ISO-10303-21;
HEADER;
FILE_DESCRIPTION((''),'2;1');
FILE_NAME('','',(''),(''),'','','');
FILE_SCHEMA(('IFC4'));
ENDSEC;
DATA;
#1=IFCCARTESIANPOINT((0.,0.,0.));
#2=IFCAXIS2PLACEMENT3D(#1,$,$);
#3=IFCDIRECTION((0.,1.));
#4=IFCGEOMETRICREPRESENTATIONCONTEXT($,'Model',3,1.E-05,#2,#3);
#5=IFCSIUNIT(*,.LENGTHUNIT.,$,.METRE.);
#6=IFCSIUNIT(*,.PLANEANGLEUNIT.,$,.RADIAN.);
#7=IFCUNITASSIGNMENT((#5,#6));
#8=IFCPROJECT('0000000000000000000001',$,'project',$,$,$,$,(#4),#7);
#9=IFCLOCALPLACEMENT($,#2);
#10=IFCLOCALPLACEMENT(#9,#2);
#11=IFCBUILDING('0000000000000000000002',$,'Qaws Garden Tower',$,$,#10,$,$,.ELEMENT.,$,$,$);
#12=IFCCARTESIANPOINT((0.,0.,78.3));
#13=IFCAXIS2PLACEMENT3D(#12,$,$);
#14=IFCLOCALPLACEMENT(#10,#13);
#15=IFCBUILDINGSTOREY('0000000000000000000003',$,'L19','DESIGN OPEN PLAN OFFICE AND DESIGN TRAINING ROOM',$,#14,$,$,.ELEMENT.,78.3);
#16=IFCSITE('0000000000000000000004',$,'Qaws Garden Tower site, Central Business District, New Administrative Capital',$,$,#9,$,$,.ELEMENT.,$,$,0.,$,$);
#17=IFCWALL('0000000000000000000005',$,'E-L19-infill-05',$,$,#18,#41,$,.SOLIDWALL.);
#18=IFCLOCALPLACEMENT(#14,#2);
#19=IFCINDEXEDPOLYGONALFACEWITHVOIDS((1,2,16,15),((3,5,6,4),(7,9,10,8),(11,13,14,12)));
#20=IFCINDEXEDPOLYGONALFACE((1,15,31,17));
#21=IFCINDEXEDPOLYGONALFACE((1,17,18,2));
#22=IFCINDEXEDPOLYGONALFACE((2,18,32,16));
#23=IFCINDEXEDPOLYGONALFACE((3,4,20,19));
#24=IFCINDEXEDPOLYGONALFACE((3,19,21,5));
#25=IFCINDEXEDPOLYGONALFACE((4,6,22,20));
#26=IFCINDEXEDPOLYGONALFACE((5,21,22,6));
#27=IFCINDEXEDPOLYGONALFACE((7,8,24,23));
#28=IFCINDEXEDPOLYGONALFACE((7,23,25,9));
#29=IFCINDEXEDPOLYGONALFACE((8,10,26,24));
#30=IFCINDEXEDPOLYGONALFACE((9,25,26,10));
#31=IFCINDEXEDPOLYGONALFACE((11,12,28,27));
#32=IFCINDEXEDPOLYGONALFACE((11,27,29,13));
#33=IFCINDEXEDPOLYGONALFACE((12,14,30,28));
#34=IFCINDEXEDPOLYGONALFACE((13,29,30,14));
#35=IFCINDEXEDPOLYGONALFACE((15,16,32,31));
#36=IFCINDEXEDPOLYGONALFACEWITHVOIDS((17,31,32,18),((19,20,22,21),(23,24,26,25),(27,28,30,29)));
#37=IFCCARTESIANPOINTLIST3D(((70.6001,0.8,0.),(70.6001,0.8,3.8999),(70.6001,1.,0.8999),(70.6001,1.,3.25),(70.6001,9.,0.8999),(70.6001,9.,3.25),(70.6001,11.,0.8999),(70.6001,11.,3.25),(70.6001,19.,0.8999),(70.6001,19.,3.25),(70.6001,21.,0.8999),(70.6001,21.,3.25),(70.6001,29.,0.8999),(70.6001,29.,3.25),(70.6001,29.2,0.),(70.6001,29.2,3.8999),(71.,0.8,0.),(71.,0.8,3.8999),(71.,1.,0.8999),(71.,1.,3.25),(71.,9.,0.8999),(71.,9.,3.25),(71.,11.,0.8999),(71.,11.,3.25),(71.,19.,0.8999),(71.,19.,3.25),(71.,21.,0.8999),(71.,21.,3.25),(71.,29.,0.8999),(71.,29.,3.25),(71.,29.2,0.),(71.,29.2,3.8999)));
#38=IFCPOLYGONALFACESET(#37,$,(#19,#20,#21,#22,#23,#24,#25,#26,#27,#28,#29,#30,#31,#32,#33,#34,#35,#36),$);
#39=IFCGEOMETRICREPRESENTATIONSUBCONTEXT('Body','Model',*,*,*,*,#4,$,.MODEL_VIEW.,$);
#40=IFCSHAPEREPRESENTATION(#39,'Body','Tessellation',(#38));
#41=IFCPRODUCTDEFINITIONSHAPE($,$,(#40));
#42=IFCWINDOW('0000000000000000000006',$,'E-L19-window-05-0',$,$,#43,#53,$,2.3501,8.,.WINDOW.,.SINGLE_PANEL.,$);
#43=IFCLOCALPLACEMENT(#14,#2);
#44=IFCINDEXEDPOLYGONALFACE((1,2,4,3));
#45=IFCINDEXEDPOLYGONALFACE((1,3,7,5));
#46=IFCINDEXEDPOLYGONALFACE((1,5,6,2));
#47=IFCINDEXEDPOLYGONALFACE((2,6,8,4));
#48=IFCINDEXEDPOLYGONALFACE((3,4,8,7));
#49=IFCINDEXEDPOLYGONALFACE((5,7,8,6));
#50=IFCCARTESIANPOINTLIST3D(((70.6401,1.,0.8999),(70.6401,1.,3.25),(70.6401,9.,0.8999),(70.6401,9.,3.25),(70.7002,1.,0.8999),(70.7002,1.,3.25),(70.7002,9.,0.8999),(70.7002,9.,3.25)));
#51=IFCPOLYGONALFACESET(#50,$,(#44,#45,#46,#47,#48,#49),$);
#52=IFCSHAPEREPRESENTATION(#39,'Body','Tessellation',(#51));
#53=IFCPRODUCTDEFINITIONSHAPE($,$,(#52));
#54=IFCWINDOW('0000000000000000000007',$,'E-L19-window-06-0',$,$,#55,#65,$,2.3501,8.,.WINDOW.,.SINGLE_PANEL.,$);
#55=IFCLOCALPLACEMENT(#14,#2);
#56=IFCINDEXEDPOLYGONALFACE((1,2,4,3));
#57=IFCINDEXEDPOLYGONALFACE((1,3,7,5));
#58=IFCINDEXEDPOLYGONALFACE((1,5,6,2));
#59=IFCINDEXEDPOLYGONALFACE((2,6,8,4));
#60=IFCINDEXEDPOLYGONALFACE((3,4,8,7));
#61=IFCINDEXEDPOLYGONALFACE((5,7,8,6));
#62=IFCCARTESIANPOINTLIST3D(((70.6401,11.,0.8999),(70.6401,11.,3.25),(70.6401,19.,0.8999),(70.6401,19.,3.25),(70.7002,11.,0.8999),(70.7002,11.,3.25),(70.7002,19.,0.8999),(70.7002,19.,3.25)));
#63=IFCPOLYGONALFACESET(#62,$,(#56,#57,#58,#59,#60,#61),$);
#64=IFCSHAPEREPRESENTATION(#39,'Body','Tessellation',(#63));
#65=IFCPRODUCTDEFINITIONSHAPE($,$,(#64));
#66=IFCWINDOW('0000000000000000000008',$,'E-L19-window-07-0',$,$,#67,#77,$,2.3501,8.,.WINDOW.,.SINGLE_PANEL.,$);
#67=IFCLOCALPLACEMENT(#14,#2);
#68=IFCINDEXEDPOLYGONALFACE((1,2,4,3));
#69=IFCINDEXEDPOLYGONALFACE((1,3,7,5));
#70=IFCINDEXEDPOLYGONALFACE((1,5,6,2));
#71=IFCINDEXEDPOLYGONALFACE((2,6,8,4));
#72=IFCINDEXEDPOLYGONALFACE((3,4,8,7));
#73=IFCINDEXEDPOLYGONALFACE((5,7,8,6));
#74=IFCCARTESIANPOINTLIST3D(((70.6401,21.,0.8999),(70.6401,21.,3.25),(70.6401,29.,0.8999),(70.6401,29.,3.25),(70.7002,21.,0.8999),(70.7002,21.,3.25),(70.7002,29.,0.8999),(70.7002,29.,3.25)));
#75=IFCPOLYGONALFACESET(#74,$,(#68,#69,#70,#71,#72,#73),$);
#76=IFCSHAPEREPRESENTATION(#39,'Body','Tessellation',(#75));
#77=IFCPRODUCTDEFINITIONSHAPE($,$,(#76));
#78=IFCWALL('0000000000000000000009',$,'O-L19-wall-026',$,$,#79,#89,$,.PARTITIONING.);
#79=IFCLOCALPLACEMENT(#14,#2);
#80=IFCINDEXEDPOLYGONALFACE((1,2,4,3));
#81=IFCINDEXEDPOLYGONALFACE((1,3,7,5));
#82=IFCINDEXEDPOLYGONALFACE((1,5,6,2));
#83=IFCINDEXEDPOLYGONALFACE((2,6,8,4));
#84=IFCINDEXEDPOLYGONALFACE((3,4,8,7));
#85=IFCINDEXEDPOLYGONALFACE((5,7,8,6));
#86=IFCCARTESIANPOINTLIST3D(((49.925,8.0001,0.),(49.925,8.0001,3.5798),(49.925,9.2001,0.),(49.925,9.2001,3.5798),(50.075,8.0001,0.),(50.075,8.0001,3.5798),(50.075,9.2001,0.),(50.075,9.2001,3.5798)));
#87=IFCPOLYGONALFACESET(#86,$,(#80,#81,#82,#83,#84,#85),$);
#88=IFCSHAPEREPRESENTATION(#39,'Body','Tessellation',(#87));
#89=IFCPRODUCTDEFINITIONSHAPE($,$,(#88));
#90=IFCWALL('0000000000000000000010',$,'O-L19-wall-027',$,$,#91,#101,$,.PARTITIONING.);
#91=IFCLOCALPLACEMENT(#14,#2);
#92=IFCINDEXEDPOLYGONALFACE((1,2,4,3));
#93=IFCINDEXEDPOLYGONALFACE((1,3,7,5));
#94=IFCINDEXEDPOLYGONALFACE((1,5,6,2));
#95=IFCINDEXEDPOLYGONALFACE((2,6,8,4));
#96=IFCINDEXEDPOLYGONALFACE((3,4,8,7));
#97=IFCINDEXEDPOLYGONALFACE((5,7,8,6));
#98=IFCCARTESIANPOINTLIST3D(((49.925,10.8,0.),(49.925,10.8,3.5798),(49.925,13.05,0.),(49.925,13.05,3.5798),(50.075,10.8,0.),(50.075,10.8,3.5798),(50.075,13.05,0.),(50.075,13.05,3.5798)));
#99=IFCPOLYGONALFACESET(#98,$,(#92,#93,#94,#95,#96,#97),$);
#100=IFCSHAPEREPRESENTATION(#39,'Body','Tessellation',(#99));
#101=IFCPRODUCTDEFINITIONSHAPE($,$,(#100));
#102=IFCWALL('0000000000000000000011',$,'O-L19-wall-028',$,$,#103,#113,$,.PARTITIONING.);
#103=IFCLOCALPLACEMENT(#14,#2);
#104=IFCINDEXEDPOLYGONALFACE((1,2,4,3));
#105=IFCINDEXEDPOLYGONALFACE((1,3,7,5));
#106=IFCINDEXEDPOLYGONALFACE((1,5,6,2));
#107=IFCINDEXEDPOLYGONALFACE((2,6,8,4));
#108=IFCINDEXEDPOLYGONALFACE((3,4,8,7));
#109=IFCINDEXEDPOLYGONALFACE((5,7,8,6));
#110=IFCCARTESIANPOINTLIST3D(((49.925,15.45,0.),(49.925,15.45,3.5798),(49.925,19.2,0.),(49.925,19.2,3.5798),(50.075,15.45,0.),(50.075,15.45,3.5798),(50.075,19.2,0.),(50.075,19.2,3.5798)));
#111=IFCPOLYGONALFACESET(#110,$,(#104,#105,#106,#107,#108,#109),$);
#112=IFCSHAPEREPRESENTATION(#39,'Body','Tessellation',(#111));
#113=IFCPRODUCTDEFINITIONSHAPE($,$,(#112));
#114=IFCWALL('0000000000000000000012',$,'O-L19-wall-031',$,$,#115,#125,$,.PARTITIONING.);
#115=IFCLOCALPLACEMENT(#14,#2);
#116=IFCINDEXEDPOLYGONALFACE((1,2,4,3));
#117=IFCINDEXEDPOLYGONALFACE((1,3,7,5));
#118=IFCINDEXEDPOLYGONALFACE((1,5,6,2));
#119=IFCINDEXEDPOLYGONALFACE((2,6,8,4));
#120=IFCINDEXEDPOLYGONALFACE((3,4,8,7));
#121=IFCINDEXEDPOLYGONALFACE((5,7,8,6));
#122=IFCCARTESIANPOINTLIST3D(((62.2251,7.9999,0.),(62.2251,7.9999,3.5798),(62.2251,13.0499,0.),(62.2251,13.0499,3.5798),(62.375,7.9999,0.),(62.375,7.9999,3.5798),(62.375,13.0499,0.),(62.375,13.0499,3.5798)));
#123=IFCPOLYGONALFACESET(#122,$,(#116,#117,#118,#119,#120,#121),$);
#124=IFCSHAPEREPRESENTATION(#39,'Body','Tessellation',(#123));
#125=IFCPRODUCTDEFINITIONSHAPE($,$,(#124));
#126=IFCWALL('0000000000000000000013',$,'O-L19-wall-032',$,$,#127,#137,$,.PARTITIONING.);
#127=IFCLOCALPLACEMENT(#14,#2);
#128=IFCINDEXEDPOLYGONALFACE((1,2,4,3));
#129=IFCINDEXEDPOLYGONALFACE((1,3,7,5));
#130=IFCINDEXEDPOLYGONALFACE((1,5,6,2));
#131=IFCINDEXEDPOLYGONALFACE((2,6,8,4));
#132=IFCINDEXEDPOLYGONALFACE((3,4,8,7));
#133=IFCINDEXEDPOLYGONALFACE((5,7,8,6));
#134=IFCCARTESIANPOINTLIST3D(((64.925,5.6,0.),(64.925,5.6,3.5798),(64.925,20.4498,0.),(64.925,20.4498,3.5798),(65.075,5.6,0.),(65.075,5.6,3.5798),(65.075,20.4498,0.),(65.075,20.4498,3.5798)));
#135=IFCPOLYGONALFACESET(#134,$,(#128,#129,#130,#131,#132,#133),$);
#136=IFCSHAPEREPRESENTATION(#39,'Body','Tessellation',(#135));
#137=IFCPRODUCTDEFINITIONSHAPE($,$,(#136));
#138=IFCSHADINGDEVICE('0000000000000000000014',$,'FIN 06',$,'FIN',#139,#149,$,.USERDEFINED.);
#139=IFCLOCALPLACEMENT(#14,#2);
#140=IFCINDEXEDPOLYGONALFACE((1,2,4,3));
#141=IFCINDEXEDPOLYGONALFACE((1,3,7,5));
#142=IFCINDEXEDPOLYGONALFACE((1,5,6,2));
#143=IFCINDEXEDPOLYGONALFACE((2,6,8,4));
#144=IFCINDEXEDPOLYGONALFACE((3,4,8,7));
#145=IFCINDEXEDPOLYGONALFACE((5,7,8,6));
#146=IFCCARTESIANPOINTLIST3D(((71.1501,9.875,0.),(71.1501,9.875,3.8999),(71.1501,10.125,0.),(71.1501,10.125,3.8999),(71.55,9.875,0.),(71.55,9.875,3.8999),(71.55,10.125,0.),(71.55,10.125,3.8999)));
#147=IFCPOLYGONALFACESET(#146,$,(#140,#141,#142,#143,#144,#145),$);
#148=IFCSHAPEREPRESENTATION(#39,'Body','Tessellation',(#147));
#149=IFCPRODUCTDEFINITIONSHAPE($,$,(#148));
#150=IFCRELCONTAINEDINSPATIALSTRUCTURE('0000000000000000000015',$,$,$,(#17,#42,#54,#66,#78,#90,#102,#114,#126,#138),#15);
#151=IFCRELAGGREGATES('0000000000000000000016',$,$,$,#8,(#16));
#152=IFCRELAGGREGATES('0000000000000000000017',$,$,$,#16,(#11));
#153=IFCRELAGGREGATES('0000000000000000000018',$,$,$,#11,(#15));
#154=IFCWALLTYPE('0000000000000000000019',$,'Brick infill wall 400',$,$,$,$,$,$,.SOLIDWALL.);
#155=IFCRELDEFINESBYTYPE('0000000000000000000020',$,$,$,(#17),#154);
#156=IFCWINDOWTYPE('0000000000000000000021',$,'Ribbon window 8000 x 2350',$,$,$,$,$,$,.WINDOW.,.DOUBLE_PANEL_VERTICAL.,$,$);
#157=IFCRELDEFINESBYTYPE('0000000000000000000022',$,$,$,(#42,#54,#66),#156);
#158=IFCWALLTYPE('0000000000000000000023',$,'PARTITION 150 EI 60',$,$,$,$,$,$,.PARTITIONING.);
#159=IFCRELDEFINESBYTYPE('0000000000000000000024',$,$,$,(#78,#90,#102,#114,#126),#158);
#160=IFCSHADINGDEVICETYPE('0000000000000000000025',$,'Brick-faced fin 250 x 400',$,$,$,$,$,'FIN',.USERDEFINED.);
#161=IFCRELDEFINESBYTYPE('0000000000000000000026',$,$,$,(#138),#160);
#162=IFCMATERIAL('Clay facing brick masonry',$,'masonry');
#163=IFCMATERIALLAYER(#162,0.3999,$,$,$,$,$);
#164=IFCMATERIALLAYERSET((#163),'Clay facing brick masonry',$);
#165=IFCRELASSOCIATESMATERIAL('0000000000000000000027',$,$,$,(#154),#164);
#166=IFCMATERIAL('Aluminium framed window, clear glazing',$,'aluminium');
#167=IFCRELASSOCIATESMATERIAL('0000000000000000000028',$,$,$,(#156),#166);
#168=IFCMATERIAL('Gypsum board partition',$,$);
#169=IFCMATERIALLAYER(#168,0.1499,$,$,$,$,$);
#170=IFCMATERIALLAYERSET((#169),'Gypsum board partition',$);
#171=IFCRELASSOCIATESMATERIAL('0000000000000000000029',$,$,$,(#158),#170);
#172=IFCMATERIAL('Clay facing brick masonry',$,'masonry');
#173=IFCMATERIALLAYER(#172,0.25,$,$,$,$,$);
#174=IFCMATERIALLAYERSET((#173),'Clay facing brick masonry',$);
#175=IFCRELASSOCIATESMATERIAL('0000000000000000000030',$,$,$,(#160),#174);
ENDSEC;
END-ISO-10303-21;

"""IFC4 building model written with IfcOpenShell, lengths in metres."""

from ifc_helpers import new_model, si_unit, direction, frame, frame_2d, origin, origin_2d, place, context, subcontext, project, spatial, rectangle, extrude, material, layer, layer_set, type_object, element, fill, save


model = new_model("IFC4")

# Units and contexts
model_context = context("Model", 3, precision=1e-05, world=origin(), true_north=direction((0.0, 1.0)))
body_context = subcontext(model_context, "Body", "Model", "MODEL_VIEW")
ifc_project = project(units=[si_unit("LENGTHUNIT", "METRE"), si_unit("PLANEANGLEUNIT", "RADIAN")], contexts=[model_context])

# Site, building, storey
site_placement = place(None, origin())
site = spatial("IfcSite", under=ifc_project, at=site_placement, Name="Qaws Garden Tower site, Central Business District, New Administrative Capital", CompositionType="ELEMENT", RefElevation=0.0)
building_placement = place(site_placement, origin())
building = spatial("IfcBuilding", under=site, at=building_placement, Name="Qaws Garden Tower", CompositionType="ELEMENT")
storey_placement = place(building_placement, frame((0.0, 0.0, 78.3)))
storey = spatial("IfcBuildingStorey", under=building, at=storey_placement, Name="L19", Description="DESIGN OPEN PLAN OFFICE AND DESIGN TRAINING ROOM", CompositionType="ELEMENT", Elevation=78.3)

# Wall, openings, windows
ifc_material_1 = material(Name="Clay facing brick masonry", Category="masonry")
ifc_layer_1 = layer(ifc_material_1, 0.3999)
ifc_layer_set_1 = layer_set([ifc_layer_1], Name="Clay facing brick masonry")
wall_type_1 = type_object("IfcWallType", Name="Brick infill wall 400", PredefinedType="SOLIDWALL", material=ifc_layer_set_1)
wall_1_placement = place(storey_placement, frame((70.8, 0.8, 0.0), z_axis=(0.0, 0.0, 1.0), x_axis=(0.0, 1.0, 0.0)))
wall_1 = element("IfcWall", 1, at=wall_1_placement, inside=storey, type_object=wall_type_1, Name="E-L19-infill-05", PredefinedType="SOLIDWALL", context=body_context, shape_type="SweptSolid", body=[
    extrude(rectangle(XDim=28.3999, YDim=0.3999, at=frame_2d((14.2, 0.0))), origin(), (0.0, 0.0, 1.0), 3.8999),
])
opening_1_placement = place(wall_1_placement, frame((0.2, 0.0, 0.8999)))
opening_1 = element("IfcOpeningElement", 2, at=opening_1_placement, cuts=wall_1, PredefinedType="OPENING", context=body_context, shape_type="SweptSolid", body=[
    extrude(rectangle(XDim=8.0, YDim=2.3501, at=frame_2d((4.0, 1.175))), frame((0.0, 0.21, 0.0), z_axis=(0.0, -1.0, 0.0), x_axis=(1.0, 0.0, 0.0)), (0.0, 0.0, 1.0), 0.4199),
])
opening_2_placement = place(wall_1_placement, frame((10.2, 0.0, 0.8999)))
opening_2 = element("IfcOpeningElement", 3, at=opening_2_placement, cuts=wall_1, PredefinedType="OPENING", context=body_context, shape_type="SweptSolid", body=[
    extrude(rectangle(XDim=8.0, YDim=2.3501, at=frame_2d((4.0, 1.175))), frame((0.0, 0.21, 0.0), z_axis=(0.0, -1.0, 0.0), x_axis=(1.0, 0.0, 0.0)), (0.0, 0.0, 1.0), 0.4199),
])
opening_3_placement = place(wall_1_placement, frame((20.2, 0.0, 0.8999)))
opening_3 = element("IfcOpeningElement", 4, at=opening_3_placement, cuts=wall_1, PredefinedType="OPENING", context=body_context, shape_type="SweptSolid", body=[
    extrude(rectangle(XDim=8.0, YDim=2.3501, at=frame_2d((4.0, 1.175))), frame((0.0, 0.21, 0.0), z_axis=(0.0, -1.0, 0.0), x_axis=(1.0, 0.0, 0.0)), (0.0, 0.0, 1.0), 0.4199),
])
ifc_material_2 = material(Name="Aluminium framed window, clear glazing", Category="aluminium")
window_type = type_object("IfcWindowType", Name="Ribbon window 8000 x 2350", PartitioningType="DOUBLE_PANEL_VERTICAL", PredefinedType="WINDOW", material=ifc_material_2)
window_1_placement = place(opening_1_placement, origin())
window_1 = element("IfcWindow", 5, at=window_1_placement, inside=storey, type_object=window_type, Name="E-L19-window-05-0", OverallHeight=2.3501, OverallWidth=8.0, PartitioningType="SINGLE_PANEL", PredefinedType="WINDOW", context=body_context, shape_type="SweptSolid", body=[
    extrude(rectangle(XDim=8.0, YDim=2.3501, at=frame_2d((4.0, 1.175))), frame((0.0, 0.1599, 0.0), z_axis=(0.0, -1.0, 0.0), x_axis=(1.0, 0.0, 0.0)), (0.0, 0.0, 1.0), 0.0601),
])
fill(opening_1, window_1)
window_2_placement = place(opening_2_placement, origin())
window_2 = element("IfcWindow", 6, at=window_2_placement, inside=storey, type_object=window_type, Name="E-L19-window-06-0", OverallHeight=2.3501, OverallWidth=8.0, PartitioningType="SINGLE_PANEL", PredefinedType="WINDOW", context=body_context, shape_type="SweptSolid", body=[
    extrude(rectangle(XDim=8.0, YDim=2.3501, at=frame_2d((4.0, 1.175))), frame((0.0, 0.1599, 0.0), z_axis=(0.0, -1.0, 0.0), x_axis=(1.0, 0.0, 0.0)), (0.0, 0.0, 1.0), 0.0601),
])
fill(opening_2, window_2)
window_3_placement = place(opening_3_placement, origin())
window_3 = element("IfcWindow", 7, at=window_3_placement, inside=storey, type_object=window_type, Name="E-L19-window-07-0", OverallHeight=2.3501, OverallWidth=8.0, PartitioningType="SINGLE_PANEL", PredefinedType="WINDOW", context=body_context, shape_type="SweptSolid", body=[
    extrude(rectangle(XDim=8.0, YDim=2.3501, at=frame_2d((4.0, 1.175))), frame((0.0, 0.1599, 0.0), z_axis=(0.0, -1.0, 0.0), x_axis=(1.0, 0.0, 0.0)), (0.0, 0.0, 1.0), 0.0601),
])
fill(opening_3, window_3)

# Walls
ifc_material_3 = material(Name="Gypsum board partition")
ifc_layer_2 = layer(ifc_material_3, 0.1499)
ifc_layer_set_2 = layer_set([ifc_layer_2], Name="Gypsum board partition")
wall_type_2 = type_object("IfcWallType", Name="PARTITION 150 EI 60", PredefinedType="PARTITIONING", material=ifc_layer_set_2)
wall_2_placement = place(storey_placement, frame((50.0, 8.0, 0.0), z_axis=(0.0, 0.0, 1.0), x_axis=(0.0, 1.0, 0.0)))
element("IfcWall", 8, at=wall_2_placement, inside=storey, type_object=wall_type_2, Name="O-L19-wall-026", PredefinedType="PARTITIONING", context=body_context, shape_type="SweptSolid", body=[
    extrude(rectangle(XDim=1.2, YDim=0.1499, at=frame_2d((0.6001, 0.0))), origin(), (0.0, 0.0, 1.0), 3.5798),
])
wall_3_placement = place(storey_placement, frame((50.0, 10.8, 0.0), z_axis=(0.0, 0.0, 1.0), x_axis=(0.0, 1.0, 0.0)))
element("IfcWall", 9, at=wall_3_placement, inside=storey, type_object=wall_type_2, Name="O-L19-wall-027", PredefinedType="PARTITIONING", context=body_context, shape_type="SweptSolid", body=[
    extrude(rectangle(XDim=2.25, YDim=0.1499, at=frame_2d((1.125, 0.0))), origin(), (0.0, 0.0, 1.0), 3.5798),
])
wall_4_placement = place(storey_placement, frame((50.0, 15.45, 0.0), z_axis=(0.0, 0.0, 1.0), x_axis=(0.0, 1.0, 0.0)))
element("IfcWall", 10, at=wall_4_placement, inside=storey, type_object=wall_type_2, Name="O-L19-wall-028", PredefinedType="PARTITIONING", context=body_context, shape_type="SweptSolid", body=[
    extrude(rectangle(XDim=3.75, YDim=0.1499, at=frame_2d((1.875, 0.0))), origin(), (0.0, 0.0, 1.0), 3.5798),
])
wall_5_placement = place(storey_placement, frame((62.3, 8.0, 0.0), z_axis=(0.0, 0.0, 1.0), x_axis=(0.0, 1.0, 0.0)))
element("IfcWall", 11, at=wall_5_placement, inside=storey, type_object=wall_type_2, Name="O-L19-wall-031", PredefinedType="PARTITIONING", context=body_context, shape_type="SweptSolid", body=[
    extrude(rectangle(XDim=5.05, YDim=0.1499, at=frame_2d((2.5249, 0.0))), origin(), (0.0, 0.0, 1.0), 3.5798),
])
wall_6_placement = place(storey_placement, frame((65.0, 5.6001, 0.0), z_axis=(0.0, 0.0, 1.0), x_axis=(0.0, 1.0, 0.0)))
element("IfcWall", 12, at=wall_6_placement, inside=storey, type_object=wall_type_2, Name="O-L19-wall-032", PredefinedType="PARTITIONING", context=body_context, shape_type="SweptSolid", body=[
    extrude(rectangle(XDim=14.8499, YDim=0.1499, at=frame_2d((7.4248, 0.0))), origin(), (0.0, 0.0, 1.0), 3.5798),
])

# Shading device
ifc_material_4 = material(Name="Clay facing brick masonry", Category="masonry")
ifc_layer_3 = layer(ifc_material_4, 0.25)
ifc_layer_set_3 = layer_set([ifc_layer_3], Name="Clay facing brick masonry")
shading_device_type = type_object("IfcShadingDeviceType", Name="Brick-faced fin 250 x 400", ElementType="FIN", PredefinedType="USERDEFINED", material=ifc_layer_set_3)
shading_device_placement = place(storey_placement, frame((71.3501, 10.0, 0.0), z_axis=(0.0, 0.0, 1.0), x_axis=(0.0, 1.0, 0.0)))
element("IfcShadingDevice", 13, at=shading_device_placement, inside=storey, type_object=shading_device_type, Name="FIN 06", ObjectType="FIN", PredefinedType="USERDEFINED", context=body_context, shape_type="SweptSolid", body=[
    extrude(rectangle(XDim=0.25, YDim=0.3999, at=origin_2d()), origin(), (0.0, 0.0, 1.0), 3.8999),
])

save(model, "model.ifc")
